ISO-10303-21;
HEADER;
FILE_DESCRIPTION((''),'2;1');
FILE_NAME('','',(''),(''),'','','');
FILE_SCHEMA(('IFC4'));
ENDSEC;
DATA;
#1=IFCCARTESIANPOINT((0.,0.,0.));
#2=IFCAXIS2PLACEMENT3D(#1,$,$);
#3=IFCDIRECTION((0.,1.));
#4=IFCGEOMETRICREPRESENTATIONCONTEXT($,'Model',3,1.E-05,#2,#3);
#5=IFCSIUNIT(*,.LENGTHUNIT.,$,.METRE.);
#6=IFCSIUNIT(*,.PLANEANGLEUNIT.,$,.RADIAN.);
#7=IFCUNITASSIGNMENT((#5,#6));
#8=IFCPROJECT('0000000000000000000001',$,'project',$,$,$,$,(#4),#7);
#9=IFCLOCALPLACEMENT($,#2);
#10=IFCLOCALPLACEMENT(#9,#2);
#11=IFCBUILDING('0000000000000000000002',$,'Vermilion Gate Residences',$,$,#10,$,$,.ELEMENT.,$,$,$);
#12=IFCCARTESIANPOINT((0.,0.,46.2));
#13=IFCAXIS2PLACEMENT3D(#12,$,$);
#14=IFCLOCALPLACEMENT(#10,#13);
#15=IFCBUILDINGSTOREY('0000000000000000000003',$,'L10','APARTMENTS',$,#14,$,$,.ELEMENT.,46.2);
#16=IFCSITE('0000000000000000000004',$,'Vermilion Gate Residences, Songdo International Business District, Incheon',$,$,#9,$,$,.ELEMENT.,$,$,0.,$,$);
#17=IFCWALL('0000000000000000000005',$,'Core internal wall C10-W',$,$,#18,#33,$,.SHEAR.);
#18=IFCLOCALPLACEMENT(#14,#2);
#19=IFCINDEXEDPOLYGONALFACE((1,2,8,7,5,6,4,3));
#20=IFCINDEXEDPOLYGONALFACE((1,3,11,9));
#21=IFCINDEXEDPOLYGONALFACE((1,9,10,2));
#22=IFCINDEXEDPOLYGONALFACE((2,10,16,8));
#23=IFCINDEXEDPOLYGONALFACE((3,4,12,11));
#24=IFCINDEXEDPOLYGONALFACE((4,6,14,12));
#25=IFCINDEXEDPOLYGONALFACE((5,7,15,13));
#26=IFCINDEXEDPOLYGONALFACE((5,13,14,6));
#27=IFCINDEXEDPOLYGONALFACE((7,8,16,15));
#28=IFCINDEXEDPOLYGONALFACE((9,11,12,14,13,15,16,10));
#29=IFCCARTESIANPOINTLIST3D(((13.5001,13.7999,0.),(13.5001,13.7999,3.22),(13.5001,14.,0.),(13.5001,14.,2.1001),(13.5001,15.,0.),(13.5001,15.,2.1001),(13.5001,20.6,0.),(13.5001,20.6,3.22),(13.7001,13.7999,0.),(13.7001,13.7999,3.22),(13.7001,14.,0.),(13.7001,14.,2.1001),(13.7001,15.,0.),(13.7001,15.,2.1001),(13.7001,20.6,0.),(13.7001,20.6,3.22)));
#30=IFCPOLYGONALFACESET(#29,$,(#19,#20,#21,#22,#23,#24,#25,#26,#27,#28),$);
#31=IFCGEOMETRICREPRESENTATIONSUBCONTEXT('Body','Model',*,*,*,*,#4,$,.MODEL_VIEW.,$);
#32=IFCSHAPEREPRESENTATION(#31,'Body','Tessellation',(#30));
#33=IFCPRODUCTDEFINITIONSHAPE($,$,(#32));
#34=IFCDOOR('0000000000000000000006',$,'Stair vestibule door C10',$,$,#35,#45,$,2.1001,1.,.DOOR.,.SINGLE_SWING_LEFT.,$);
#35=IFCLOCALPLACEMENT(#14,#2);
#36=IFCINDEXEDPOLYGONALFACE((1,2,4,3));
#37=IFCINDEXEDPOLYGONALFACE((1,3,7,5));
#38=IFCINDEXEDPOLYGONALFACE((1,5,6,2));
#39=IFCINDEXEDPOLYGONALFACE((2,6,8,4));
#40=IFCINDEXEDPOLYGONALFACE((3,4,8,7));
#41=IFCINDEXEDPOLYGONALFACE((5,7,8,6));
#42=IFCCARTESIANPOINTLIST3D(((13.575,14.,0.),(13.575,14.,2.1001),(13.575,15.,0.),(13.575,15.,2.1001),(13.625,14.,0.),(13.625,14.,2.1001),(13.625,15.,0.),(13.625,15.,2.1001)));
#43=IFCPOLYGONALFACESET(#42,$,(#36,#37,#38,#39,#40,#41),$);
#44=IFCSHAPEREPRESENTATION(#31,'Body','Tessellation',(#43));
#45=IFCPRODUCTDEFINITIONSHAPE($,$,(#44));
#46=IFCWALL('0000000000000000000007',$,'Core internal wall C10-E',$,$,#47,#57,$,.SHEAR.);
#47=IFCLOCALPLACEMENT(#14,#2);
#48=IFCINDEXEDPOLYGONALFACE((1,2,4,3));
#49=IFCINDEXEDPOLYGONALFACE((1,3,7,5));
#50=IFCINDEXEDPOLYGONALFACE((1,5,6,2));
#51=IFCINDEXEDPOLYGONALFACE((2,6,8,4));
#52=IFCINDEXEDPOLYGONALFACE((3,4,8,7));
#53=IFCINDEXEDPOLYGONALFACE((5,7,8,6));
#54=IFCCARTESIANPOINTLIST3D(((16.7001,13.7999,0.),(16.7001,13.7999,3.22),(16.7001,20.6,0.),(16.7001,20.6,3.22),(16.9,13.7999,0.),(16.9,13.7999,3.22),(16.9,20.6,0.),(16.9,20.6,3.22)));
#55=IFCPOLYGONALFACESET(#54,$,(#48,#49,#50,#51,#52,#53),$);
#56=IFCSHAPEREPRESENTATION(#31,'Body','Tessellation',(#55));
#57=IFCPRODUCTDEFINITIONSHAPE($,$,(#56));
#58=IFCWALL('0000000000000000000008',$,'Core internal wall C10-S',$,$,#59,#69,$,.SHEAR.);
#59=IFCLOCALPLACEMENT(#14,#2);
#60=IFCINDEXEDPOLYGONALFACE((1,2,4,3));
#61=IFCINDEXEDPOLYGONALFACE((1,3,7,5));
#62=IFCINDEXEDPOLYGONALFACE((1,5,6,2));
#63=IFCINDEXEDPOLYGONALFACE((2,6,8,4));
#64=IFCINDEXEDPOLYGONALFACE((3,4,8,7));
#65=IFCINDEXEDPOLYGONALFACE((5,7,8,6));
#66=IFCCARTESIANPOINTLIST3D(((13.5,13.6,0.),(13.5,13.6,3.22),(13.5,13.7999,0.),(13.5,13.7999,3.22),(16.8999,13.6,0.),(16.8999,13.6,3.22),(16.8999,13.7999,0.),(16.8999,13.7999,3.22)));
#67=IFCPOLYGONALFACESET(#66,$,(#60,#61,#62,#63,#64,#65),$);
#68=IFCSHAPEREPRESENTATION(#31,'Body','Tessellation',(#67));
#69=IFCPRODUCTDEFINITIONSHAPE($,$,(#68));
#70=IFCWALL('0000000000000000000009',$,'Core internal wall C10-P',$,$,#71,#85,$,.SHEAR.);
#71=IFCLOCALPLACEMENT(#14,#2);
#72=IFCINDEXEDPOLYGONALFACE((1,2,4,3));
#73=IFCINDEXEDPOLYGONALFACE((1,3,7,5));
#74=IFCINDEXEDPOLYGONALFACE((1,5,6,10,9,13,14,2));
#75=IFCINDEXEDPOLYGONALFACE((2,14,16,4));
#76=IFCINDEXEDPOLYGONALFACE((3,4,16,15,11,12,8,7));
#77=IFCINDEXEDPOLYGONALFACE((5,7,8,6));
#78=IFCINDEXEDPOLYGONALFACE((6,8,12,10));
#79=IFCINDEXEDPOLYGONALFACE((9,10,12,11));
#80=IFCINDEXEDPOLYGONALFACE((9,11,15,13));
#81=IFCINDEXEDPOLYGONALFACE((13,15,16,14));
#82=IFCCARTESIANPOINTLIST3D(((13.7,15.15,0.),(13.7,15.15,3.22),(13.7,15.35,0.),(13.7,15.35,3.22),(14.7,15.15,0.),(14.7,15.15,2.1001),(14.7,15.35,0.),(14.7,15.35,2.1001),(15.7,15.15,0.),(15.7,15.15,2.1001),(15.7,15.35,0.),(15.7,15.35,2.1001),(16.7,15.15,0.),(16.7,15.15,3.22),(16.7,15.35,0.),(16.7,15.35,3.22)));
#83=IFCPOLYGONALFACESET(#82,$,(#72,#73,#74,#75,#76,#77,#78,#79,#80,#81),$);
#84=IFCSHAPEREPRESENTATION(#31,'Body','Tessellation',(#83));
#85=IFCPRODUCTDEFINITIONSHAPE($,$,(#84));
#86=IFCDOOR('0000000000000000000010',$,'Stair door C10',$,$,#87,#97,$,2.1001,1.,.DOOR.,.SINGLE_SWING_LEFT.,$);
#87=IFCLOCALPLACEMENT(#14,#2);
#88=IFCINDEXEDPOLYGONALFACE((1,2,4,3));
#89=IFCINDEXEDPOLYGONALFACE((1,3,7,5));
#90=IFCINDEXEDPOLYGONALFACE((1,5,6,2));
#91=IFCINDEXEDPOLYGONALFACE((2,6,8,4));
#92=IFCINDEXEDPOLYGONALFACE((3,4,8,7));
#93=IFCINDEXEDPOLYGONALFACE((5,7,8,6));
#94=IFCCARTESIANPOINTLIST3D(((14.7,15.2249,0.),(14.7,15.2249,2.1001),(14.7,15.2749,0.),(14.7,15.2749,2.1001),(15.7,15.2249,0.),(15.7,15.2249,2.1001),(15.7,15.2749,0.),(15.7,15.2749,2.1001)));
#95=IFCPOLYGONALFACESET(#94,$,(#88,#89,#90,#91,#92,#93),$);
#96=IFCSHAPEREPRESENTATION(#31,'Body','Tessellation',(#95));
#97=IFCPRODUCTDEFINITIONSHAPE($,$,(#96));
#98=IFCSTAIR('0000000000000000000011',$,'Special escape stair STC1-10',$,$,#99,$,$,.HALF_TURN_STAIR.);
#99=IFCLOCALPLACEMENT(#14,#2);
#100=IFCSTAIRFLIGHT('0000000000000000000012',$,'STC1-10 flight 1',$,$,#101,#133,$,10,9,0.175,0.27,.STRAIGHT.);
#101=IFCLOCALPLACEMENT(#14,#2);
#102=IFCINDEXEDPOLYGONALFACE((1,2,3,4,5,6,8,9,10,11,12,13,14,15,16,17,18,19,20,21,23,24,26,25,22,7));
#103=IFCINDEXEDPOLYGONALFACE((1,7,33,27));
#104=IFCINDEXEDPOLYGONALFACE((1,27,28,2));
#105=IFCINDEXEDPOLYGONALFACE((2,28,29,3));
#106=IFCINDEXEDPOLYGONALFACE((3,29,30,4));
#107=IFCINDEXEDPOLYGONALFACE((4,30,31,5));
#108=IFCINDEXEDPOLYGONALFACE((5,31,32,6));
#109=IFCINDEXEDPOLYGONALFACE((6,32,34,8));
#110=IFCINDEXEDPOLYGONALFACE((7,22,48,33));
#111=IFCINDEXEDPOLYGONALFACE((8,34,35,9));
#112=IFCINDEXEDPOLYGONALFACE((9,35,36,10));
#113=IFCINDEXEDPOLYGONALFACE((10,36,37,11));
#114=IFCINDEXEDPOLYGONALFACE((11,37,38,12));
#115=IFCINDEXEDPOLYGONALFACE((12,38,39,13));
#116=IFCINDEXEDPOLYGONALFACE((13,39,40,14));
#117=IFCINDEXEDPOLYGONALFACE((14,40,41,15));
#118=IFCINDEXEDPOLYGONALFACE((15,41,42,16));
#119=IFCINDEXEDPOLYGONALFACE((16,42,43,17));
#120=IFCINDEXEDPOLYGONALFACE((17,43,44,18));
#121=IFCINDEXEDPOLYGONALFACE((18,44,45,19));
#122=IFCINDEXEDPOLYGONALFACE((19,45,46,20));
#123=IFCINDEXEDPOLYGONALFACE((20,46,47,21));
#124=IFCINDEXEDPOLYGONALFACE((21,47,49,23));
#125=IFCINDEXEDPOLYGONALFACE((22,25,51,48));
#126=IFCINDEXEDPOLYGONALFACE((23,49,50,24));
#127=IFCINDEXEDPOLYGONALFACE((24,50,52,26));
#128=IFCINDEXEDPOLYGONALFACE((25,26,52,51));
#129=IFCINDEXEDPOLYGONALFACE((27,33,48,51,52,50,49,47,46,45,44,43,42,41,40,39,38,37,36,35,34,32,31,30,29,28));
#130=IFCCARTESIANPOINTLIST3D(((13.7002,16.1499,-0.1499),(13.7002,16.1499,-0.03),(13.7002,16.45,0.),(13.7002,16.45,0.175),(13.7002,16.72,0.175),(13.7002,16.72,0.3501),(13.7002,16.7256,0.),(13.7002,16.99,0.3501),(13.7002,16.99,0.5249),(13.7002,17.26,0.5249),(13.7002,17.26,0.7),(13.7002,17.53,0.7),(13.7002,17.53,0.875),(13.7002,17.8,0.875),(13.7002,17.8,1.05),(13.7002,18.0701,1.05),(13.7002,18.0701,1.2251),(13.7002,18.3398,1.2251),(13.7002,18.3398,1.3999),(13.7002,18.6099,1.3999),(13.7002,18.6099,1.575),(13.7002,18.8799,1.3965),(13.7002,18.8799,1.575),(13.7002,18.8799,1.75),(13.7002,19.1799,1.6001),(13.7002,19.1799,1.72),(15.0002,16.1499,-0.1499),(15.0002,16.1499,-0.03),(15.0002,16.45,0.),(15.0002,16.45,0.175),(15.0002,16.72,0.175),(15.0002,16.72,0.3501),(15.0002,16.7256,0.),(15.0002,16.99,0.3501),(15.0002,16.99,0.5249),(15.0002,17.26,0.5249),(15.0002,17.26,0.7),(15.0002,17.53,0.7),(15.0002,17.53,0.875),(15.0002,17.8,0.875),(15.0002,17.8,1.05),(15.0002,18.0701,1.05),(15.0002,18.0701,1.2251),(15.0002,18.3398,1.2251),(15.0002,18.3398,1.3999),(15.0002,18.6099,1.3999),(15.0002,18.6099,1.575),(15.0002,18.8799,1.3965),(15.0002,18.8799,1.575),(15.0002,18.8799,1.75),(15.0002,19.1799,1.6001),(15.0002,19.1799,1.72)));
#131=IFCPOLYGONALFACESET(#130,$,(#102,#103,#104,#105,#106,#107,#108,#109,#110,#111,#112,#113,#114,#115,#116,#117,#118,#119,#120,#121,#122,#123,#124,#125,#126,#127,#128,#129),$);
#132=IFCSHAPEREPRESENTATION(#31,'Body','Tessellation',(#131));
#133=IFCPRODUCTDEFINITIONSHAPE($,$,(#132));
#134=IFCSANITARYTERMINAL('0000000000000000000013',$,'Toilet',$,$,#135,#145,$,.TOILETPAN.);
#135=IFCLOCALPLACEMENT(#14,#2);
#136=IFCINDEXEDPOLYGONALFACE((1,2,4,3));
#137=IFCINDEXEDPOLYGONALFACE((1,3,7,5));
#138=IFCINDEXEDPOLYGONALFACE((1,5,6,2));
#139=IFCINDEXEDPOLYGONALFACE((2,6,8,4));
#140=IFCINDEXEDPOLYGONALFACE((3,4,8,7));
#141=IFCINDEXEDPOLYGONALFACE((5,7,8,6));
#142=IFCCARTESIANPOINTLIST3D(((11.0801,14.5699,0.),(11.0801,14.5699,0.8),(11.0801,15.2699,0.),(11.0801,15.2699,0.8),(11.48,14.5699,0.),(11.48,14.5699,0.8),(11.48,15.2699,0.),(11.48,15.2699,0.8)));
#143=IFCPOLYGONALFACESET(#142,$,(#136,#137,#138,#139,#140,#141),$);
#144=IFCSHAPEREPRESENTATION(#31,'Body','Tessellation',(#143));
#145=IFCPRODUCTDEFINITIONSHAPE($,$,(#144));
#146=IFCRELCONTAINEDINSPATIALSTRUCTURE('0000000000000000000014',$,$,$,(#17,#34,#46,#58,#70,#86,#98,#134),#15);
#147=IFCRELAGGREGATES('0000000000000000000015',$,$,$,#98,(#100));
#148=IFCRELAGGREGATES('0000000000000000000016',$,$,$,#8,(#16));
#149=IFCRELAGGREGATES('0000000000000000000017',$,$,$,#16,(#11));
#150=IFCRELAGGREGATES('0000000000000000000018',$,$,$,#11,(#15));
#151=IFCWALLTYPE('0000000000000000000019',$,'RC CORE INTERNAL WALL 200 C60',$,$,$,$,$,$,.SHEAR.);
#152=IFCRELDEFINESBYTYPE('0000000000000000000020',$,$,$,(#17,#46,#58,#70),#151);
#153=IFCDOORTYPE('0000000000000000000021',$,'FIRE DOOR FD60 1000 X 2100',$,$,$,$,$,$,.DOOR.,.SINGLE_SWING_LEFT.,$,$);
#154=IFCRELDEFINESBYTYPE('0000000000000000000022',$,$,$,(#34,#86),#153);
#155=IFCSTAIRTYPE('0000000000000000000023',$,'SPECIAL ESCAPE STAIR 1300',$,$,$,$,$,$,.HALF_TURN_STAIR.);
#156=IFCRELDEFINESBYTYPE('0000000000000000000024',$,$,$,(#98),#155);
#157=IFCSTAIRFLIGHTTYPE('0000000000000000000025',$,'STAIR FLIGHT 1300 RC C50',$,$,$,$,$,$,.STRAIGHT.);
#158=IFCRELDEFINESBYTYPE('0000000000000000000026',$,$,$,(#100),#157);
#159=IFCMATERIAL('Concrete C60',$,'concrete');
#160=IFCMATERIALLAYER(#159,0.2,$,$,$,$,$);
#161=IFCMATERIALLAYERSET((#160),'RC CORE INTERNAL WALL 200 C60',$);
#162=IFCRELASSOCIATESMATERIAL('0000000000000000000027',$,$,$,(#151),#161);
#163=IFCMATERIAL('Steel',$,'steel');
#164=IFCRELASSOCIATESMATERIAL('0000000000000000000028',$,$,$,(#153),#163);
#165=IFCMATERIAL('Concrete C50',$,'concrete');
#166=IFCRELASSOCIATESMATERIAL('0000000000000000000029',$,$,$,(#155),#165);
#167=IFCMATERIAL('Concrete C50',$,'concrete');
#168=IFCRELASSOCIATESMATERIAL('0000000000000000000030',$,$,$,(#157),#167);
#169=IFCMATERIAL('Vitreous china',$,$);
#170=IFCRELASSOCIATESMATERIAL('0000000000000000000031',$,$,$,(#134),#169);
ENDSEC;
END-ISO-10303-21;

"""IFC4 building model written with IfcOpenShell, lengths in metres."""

from ifc_helpers import new_model, si_unit, direction, frame, frame_2d, origin, origin_2d, place, context, subcontext, project, spatial, polyline, rectangle, outline, extrude, material, layer, layer_set, type_object, element, fill, aggregate, save


model = new_model("IFC4")

# Units and contexts
model_context = context("Model", 3, precision=1e-05, world=origin(), true_north=direction((0.0, 1.0)))
body_context = subcontext(model_context, "Body", "Model", "MODEL_VIEW")
ifc_project = project(units=[si_unit("LENGTHUNIT", "METRE"), si_unit("PLANEANGLEUNIT", "RADIAN")], contexts=[model_context])

# Site, building, storey
site_placement = place(None, origin())
site = spatial("IfcSite", under=ifc_project, at=site_placement, Name="Vermilion Gate Residences, Songdo International Business District, Incheon", CompositionType="ELEMENT", RefElevation=0.0)
building_placement = place(site_placement, origin())
building = spatial("IfcBuilding", under=site, at=building_placement, Name="Vermilion Gate Residences", CompositionType="ELEMENT")
storey_placement = place(building_placement, frame((0.0, 0.0, 46.2)))
storey = spatial("IfcBuildingStorey", under=building, at=storey_placement, Name="L10", Description="APARTMENTS", CompositionType="ELEMENT", Elevation=46.2)

# Wall, opening, door
ifc_material_1 = material(Name="Concrete C60", Category="concrete")
ifc_layer_1 = layer(ifc_material_1, 0.2)
ifc_layer_set_1 = layer_set([ifc_layer_1], Name="RC CORE INTERNAL WALL 200 C60")
wall_type_1 = type_object("IfcWallType", Name="RC CORE INTERNAL WALL 200 C60", PredefinedType="SHEAR", material=ifc_layer_set_1)
wall_1_placement = place(storey_placement, frame((13.6001, 13.8, 0.0), z_axis=(0.0, 0.0, 1.0), x_axis=(0.0, 1.0, 0.0)))
wall_1 = element("IfcWall", 1, at=wall_1_placement, inside=storey, type_object=wall_type_1, Name="Core internal wall C10-W", PredefinedType="SHEAR", context=body_context, shape_type="SweptSolid", body=[
    extrude(rectangle(XDim=6.8, YDim=0.2, at=frame_2d((3.3999, 0.0))), origin(), (0.0, 0.0, 1.0), 3.22),
])
opening_1_placement = place(wall_1_placement, frame((0.2, 0.0, 0.0)))
opening_1 = element("IfcOpeningElement", 2, at=opening_1_placement, cuts=wall_1, PredefinedType="OPENING", context=body_context, shape_type="SweptSolid", body=[
    extrude(rectangle(XDim=1.0, YDim=2.1001, at=frame_2d((0.5, 1.05))), frame((0.0, 0.1099, 0.0), z_axis=(0.0, -1.0, 0.0), x_axis=(1.0, 0.0, 0.0)), (0.0, 0.0, 1.0), 0.22),
])
ifc_material_2 = material(Name="Steel", Category="steel")
door_type_1 = type_object("IfcDoorType", Name="FIRE DOOR FD60 1000 X 2100", OperationType="SINGLE_SWING_LEFT", PredefinedType="DOOR", material=ifc_material_2)
door_1_placement = place(opening_1_placement, frame((1.0, 0.0, 0.0), z_axis=(0.0, 0.0, 1.0), x_axis=(-1.0, 0.0, 0.0)))
door_1 = element("IfcDoor", 3, at=door_1_placement, inside=storey, type_object=door_type_1, Name="Stair vestibule door C10", OperationType="SINGLE_SWING_LEFT", OverallHeight=2.1001, OverallWidth=1.0, PredefinedType="DOOR", context=body_context, shape_type="SweptSolid", body=[
    extrude(rectangle(XDim=1.0, YDim=2.1001, at=frame_2d((0.5, 1.05))), frame((0.0, 0.0249, 0.0), z_axis=(0.0, -1.0, 0.0), x_axis=(1.0, 0.0, 0.0)), (0.0, 0.0, 1.0), 0.05),
])
fill(opening_1, door_1)

# Walls
wall_2_placement = place(storey_placement, frame((16.8, 13.8, 0.0), z_axis=(0.0, 0.0, 1.0), x_axis=(0.0, 1.0, 0.0)))
element("IfcWall", 4, at=wall_2_placement, inside=storey, type_object=wall_type_1, Name="Core internal wall C10-E", PredefinedType="SHEAR", context=body_context, shape_type="SweptSolid", body=[
    extrude(rectangle(XDim=6.8, YDim=0.2, at=frame_2d((3.3999, 0.0))), origin(), (0.0, 0.0, 1.0), 3.22),
])
wall_3_placement = place(storey_placement, frame((13.5, 13.7, 0.0), z_axis=(0.0, 0.0, 1.0), x_axis=(1.0, 0.0, 0.0)))
element("IfcWall", 5, at=wall_3_placement, inside=storey, type_object=wall_type_1, Name="Core internal wall C10-S", PredefinedType="SHEAR", context=body_context, shape_type="SweptSolid", body=[
    extrude(rectangle(XDim=3.3999, YDim=0.2, at=frame_2d((1.7, 0.0))), origin(), (0.0, 0.0, 1.0), 3.22),
])

# Wall, opening, door
wall_4_placement = place(storey_placement, frame((13.7, 15.25, 0.0), z_axis=(0.0, 0.0, 1.0), x_axis=(1.0, 0.0, 0.0)))
wall_4 = element("IfcWall", 6, at=wall_4_placement, inside=storey, type_object=wall_type_1, Name="Core internal wall C10-P", PredefinedType="SHEAR", context=body_context, shape_type="SweptSolid", body=[
    extrude(rectangle(XDim=3.0, YDim=0.2, at=frame_2d((1.5, 0.0))), origin(), (0.0, 0.0, 1.0), 3.22),
])
opening_2_placement = place(wall_4_placement, frame((1.0, 0.0, 0.0)))
opening_2 = element("IfcOpeningElement", 7, at=opening_2_placement, cuts=wall_4, PredefinedType="OPENING", context=body_context, shape_type="SweptSolid", body=[
    extrude(rectangle(XDim=1.0, YDim=2.1001, at=frame_2d((0.5, 1.05))), frame((0.0, 0.1099, 0.0), z_axis=(0.0, -1.0, 0.0), x_axis=(1.0, 0.0, 0.0)), (0.0, 0.0, 1.0), 0.22),
])
door_2_placement = place(opening_2_placement, origin())
door_2 = element("IfcDoor", 8, at=door_2_placement, inside=storey, type_object=door_type_1, Name="Stair door C10", OperationType="SINGLE_SWING_LEFT", OverallHeight=2.1001, OverallWidth=1.0, PredefinedType="DOOR", context=body_context, shape_type="SweptSolid", body=[
    extrude(rectangle(XDim=1.0, YDim=2.1001, at=frame_2d((0.5, 1.05))), frame((0.0, 0.0249, 0.0), z_axis=(0.0, -1.0, 0.0), x_axis=(1.0, 0.0, 0.0)), (0.0, 0.0, 1.0), 0.05),
])
fill(opening_2, door_2)

# Stair, stair flight
ifc_material_3 = material(Name="Concrete C50", Category="concrete")
stair_type = type_object("IfcStairType", Name="SPECIAL ESCAPE STAIR 1300", PredefinedType="HALF_TURN_STAIR", material=ifc_material_3)
stair_placement = place(storey_placement, origin())
stair = element("IfcStair", 9, at=stair_placement, inside=storey, type_object=stair_type, Name="Special escape stair STC1-10", PredefinedType="HALF_TURN_STAIR")
ifc_material_4 = material(Name="Concrete C50", Category="concrete")
stair_flight_type = type_object("IfcStairFlightType", Name="STAIR FLIGHT 1300 RC C50", PredefinedType="STRAIGHT", material=ifc_material_4)
stair_flight_placement = place(storey_placement, frame((14.3501, 16.45, 0.0), z_axis=(0.0, 0.0, 1.0), x_axis=(0.0, 1.0, 0.0)))
stair_flight = element("IfcStairFlight", 10, at=stair_flight_placement, type_object=stair_flight_type, Name="STC1-10 flight 1", NumberOfRisers=10, NumberOfTreads=9, PredefinedType="STRAIGHT", RiserHeight=0.175, TreadLength=0.27, context=body_context, shape_type="SweptSolid", body=[
    extrude(outline(polyline([(-0.3, -0.1499), (-0.3, -0.03), (0.0, 0.0), (0.0, 0.175), (0.27, 0.175), (0.27, 0.3501), (0.54, 0.3501), (0.54, 0.5249), (0.8101, 0.5249), (0.8101, 0.7), (1.0801, 0.7), (1.0801, 0.875), (1.3501, 0.875), (1.3501, 1.05), (1.6201, 1.05), (1.6201, 1.2251), (1.8899, 1.2251), (1.8899, 1.3999), (2.1599, 1.3999), (2.1599, 1.575), (2.4299, 1.575), (2.4299, 1.75), (2.73, 1.72), (2.73, 1.6001), (2.4299, 1.3965), (0.2756, 0.0), (-0.3, -0.1499)])), frame((0.0, 0.6499, 0.0), z_axis=(0.0, -1.0, 0.0), x_axis=(1.0, 0.0, 0.0)), (0.0, 0.0, 1.0), 1.3),
])
aggregate(stair, [stair_flight])

# Sanitary terminal
ifc_material_5 = material(Name="Vitreous china")
sanitary_terminal_placement = place(storey_placement, frame((11.28, 14.9199, 0.0), z_axis=(0.0, 0.0, 1.0), x_axis=(1.0, 0.0, 0.0)))
element("IfcSanitaryTerminal", 11, at=sanitary_terminal_placement, inside=storey, material=ifc_material_5, Name="Toilet", PredefinedType="TOILETPAN", context=body_context, shape_type="SweptSolid", body=[
    extrude(rectangle(XDim=0.3999, YDim=0.7, at=origin_2d()), origin(), (0.0, 0.0, 1.0), 0.8),
])

save(model, "model.ifc")
